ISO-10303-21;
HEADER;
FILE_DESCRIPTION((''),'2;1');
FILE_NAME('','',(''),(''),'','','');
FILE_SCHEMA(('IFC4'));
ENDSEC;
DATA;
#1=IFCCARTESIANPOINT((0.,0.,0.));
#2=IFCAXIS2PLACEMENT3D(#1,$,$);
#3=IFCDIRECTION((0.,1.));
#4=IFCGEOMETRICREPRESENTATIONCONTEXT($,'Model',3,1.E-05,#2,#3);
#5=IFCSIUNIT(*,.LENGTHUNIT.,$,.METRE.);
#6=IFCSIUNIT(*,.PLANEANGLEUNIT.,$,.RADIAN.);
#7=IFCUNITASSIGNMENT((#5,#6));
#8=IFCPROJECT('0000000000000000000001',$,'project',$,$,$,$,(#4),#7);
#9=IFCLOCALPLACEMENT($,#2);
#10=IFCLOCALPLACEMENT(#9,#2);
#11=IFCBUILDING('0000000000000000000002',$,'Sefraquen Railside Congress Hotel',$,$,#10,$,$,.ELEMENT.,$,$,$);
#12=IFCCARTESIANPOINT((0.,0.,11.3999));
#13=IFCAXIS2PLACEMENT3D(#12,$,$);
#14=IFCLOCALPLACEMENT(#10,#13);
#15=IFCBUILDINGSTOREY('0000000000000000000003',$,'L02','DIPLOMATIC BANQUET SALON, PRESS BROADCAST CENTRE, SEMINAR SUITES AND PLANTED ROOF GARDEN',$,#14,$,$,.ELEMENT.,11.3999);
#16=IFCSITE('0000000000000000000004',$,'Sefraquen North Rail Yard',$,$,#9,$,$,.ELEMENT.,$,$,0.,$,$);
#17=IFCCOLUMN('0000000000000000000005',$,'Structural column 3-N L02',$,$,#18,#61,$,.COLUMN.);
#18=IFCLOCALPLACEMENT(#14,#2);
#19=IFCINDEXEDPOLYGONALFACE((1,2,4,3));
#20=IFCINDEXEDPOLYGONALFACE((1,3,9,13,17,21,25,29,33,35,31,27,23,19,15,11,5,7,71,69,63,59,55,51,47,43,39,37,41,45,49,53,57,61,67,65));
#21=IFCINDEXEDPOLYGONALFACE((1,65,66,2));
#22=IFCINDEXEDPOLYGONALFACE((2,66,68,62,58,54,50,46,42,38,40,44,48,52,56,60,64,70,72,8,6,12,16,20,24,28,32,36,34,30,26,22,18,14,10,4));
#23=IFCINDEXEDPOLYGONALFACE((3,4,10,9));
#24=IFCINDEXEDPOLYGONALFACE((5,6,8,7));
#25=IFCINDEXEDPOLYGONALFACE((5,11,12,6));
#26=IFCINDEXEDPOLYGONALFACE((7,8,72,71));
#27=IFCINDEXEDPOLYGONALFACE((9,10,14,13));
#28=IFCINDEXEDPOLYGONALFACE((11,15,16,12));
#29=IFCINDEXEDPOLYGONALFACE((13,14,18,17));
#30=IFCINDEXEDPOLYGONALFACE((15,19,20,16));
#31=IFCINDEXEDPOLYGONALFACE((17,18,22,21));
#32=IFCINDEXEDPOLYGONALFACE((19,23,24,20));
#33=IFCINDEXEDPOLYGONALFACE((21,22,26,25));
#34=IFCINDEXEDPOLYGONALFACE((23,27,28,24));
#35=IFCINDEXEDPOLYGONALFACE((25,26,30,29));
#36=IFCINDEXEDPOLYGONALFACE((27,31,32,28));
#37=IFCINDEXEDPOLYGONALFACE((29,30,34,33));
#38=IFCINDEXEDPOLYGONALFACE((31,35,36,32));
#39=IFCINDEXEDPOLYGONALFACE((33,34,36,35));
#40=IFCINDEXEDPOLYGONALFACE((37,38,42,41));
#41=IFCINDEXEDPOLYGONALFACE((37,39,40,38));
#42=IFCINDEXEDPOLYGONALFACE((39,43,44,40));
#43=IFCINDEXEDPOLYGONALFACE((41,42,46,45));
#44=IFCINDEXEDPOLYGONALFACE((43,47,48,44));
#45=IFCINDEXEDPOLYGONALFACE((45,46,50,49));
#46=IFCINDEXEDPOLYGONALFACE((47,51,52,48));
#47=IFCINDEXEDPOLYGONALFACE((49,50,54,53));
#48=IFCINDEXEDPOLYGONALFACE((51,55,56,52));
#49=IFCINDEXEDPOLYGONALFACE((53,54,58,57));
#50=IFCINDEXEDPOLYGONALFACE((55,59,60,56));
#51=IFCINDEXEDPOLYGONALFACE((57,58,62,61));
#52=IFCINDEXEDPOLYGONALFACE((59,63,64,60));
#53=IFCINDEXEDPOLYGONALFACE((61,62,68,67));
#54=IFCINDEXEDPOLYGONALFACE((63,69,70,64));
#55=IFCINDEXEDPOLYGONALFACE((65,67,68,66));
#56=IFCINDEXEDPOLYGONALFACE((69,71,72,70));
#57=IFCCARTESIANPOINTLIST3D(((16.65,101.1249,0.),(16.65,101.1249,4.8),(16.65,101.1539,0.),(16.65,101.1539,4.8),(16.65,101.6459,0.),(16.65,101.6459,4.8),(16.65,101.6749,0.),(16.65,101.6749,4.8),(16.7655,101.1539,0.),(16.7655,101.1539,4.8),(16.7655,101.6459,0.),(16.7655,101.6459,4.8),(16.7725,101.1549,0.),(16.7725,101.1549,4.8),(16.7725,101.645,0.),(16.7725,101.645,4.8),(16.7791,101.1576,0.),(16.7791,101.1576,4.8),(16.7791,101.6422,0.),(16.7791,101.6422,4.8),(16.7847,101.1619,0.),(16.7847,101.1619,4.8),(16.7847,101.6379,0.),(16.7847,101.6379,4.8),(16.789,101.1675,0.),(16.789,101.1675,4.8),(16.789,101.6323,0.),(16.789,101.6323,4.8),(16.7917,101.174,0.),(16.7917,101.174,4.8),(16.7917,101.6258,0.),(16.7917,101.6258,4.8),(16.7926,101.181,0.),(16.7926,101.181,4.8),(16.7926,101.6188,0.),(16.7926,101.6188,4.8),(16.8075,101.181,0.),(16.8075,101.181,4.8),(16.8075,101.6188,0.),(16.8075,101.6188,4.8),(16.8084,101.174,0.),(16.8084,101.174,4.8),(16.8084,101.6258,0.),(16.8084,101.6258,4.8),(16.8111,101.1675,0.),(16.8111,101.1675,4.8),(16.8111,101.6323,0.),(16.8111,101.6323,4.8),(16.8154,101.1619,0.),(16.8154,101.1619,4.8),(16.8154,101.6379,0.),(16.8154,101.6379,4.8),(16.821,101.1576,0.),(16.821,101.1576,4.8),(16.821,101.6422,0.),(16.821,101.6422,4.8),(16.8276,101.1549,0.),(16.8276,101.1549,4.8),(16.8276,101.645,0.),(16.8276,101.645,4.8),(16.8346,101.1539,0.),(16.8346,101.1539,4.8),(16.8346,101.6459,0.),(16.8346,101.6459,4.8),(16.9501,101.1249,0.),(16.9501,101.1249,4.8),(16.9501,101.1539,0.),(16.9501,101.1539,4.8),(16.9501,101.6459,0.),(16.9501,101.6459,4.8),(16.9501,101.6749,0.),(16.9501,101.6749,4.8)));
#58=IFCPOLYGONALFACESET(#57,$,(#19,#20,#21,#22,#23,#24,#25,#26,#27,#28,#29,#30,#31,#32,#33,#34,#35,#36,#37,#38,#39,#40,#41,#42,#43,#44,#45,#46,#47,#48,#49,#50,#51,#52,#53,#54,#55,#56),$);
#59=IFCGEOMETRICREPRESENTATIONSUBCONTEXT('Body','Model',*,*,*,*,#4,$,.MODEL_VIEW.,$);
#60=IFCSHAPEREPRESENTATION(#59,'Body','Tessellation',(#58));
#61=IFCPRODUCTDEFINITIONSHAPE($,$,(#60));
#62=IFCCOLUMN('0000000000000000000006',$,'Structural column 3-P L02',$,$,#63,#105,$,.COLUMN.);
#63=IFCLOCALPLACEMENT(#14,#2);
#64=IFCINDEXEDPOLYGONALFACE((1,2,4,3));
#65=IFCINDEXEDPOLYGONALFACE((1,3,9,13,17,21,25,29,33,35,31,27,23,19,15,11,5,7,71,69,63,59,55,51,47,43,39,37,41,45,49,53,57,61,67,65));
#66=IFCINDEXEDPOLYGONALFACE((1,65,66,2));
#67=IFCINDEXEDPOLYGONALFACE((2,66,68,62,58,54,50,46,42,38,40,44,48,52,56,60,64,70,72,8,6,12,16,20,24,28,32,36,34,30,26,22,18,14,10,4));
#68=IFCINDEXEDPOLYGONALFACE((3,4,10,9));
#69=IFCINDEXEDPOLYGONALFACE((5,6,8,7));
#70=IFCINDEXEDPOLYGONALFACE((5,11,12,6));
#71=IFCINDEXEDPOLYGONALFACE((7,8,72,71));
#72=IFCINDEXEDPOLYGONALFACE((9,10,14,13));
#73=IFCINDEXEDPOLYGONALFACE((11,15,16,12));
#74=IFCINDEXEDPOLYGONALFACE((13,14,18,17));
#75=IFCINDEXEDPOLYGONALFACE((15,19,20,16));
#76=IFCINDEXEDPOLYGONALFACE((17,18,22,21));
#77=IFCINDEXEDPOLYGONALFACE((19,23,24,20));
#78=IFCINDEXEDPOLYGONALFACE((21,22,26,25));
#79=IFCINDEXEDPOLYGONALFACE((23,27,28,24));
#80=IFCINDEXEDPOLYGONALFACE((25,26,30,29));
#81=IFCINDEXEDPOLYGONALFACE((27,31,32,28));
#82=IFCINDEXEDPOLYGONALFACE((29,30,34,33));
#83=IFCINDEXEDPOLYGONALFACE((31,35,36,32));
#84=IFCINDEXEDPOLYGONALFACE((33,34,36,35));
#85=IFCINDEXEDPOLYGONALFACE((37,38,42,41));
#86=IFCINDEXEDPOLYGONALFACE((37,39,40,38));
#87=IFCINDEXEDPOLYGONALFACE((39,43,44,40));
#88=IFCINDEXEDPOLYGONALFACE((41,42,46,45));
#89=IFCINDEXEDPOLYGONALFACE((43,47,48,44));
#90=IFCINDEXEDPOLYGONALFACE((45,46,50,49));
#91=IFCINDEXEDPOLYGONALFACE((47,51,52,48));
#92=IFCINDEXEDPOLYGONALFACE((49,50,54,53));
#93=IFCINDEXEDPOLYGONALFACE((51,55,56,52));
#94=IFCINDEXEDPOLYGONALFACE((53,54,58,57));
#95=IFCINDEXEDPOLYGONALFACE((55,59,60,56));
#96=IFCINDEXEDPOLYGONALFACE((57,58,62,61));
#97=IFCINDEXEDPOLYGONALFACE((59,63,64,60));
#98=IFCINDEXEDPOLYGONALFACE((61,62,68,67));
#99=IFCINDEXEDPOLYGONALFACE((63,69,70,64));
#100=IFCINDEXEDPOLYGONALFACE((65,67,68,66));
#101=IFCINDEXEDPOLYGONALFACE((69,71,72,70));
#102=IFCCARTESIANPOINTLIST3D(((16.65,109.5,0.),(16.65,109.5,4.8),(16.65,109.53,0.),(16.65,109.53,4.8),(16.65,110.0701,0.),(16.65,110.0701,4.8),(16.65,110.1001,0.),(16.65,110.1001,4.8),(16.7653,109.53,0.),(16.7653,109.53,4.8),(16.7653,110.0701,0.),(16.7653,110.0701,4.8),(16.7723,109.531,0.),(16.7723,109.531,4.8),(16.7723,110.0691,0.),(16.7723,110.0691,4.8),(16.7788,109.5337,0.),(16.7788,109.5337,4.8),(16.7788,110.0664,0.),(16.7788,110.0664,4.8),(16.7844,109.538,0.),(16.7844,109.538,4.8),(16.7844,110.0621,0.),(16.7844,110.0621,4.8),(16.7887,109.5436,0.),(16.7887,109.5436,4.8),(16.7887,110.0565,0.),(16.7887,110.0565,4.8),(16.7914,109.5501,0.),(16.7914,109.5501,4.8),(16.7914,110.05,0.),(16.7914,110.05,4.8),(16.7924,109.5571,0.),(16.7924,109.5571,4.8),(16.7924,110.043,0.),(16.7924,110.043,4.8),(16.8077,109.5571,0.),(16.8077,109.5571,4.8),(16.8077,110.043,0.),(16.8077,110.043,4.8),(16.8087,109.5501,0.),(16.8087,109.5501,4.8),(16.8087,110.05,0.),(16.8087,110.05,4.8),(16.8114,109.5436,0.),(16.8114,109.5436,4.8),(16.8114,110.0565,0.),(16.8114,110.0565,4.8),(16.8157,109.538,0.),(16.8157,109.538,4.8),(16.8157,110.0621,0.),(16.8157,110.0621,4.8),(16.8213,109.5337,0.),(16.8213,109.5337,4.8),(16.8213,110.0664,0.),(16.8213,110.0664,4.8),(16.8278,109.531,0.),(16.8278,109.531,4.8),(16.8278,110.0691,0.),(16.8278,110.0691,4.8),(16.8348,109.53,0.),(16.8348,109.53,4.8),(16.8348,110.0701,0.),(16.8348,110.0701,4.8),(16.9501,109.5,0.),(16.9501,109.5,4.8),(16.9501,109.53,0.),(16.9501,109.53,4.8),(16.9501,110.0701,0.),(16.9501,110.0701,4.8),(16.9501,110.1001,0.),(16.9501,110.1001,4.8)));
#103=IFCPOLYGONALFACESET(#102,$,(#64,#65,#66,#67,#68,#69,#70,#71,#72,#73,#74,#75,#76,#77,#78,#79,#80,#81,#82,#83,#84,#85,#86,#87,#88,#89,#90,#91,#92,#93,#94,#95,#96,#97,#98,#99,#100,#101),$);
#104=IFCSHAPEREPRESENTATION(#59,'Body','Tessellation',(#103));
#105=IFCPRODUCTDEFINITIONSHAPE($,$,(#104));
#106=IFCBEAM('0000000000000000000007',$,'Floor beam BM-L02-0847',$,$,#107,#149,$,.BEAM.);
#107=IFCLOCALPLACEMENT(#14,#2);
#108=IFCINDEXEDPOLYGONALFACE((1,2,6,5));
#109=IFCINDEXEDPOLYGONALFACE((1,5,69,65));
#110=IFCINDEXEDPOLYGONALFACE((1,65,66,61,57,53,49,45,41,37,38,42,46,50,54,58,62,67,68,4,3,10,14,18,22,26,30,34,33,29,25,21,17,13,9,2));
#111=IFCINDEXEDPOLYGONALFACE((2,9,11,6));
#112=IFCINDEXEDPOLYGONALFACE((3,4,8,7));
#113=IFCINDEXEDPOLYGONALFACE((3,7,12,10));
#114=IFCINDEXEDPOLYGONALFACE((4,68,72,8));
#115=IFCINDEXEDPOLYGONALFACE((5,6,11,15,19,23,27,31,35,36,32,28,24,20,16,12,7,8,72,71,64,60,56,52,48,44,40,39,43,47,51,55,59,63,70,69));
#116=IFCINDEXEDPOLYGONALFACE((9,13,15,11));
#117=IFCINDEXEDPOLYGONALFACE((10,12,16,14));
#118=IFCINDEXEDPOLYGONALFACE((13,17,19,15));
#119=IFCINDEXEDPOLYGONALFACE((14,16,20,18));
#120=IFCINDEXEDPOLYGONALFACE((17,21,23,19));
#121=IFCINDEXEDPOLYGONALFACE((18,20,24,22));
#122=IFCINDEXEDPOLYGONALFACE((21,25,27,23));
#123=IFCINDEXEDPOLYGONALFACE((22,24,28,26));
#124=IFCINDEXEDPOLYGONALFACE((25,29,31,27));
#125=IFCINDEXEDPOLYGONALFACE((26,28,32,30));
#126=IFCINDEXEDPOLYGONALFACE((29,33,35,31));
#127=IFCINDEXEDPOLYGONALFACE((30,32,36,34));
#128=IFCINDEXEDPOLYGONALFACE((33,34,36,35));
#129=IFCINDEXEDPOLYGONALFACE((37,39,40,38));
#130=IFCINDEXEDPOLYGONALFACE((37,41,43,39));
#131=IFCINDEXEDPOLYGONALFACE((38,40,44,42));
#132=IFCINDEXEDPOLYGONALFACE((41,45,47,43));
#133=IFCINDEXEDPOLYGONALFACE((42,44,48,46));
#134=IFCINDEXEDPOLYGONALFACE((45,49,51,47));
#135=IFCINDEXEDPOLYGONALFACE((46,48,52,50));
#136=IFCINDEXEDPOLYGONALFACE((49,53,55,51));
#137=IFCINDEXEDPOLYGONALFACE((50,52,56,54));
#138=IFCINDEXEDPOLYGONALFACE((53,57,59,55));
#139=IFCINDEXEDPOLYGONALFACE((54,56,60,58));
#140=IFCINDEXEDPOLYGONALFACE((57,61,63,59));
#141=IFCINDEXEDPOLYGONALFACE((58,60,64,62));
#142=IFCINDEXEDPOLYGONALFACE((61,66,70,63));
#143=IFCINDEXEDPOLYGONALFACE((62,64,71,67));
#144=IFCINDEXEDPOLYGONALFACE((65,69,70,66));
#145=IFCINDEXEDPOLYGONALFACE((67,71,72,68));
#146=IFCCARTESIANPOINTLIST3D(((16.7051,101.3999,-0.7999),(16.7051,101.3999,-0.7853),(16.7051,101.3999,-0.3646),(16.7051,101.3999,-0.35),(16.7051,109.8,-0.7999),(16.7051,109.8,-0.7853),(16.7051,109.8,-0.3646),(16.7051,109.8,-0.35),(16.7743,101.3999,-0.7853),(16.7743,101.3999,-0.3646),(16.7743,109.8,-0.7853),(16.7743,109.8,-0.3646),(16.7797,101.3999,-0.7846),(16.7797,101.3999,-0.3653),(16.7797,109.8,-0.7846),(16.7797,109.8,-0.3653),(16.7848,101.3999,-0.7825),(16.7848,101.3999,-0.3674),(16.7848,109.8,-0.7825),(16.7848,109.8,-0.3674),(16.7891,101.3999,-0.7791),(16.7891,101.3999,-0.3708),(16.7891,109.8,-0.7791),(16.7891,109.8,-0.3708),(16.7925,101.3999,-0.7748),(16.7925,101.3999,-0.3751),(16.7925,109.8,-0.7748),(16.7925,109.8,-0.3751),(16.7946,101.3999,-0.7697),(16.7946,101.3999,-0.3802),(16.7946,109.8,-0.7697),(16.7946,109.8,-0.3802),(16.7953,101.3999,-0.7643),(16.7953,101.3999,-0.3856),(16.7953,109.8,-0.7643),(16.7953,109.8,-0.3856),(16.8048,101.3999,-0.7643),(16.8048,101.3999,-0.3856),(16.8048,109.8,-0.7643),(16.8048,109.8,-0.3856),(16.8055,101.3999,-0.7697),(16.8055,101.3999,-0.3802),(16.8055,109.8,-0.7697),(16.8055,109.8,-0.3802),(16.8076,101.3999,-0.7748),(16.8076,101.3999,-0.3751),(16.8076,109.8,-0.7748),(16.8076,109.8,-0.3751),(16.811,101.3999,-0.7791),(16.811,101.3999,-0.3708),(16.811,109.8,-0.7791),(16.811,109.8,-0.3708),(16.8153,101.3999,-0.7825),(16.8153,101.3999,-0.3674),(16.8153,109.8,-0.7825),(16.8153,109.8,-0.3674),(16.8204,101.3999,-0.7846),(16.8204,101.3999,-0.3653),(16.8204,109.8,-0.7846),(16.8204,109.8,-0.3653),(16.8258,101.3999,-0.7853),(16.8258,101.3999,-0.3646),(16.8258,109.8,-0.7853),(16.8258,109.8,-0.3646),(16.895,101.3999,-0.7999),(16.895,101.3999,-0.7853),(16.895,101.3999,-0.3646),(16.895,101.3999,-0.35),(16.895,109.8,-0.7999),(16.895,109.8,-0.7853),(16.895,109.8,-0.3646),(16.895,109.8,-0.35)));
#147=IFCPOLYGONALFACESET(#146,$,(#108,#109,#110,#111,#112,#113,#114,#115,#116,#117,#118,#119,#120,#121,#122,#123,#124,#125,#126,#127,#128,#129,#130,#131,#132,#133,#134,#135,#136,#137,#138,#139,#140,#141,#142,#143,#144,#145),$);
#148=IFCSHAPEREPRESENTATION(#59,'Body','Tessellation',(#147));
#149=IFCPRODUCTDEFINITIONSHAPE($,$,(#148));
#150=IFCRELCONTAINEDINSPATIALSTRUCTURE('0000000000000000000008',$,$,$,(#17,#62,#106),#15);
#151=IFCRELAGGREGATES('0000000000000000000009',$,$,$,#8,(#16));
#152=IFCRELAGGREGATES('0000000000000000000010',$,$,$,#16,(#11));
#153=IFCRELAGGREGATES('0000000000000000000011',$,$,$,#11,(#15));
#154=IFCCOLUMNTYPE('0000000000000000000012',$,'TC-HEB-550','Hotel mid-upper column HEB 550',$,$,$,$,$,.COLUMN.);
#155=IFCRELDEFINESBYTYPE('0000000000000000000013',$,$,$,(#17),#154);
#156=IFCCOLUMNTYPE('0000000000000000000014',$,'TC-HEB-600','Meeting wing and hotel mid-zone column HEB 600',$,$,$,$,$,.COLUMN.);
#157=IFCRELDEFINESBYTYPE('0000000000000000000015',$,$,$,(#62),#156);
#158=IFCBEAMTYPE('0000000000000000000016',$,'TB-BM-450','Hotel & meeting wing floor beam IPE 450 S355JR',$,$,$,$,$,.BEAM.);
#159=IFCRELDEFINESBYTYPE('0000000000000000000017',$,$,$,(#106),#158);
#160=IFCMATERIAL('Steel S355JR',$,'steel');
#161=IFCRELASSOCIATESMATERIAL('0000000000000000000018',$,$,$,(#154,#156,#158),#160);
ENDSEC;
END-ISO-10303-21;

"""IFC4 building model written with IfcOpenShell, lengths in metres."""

from ifc_helpers import new_model, si_unit, direction, frame, origin, origin_2d, place, context, subcontext, project, spatial, i_section, extrude, material, material_profile, profile_set, type_object, element, save


model = new_model("IFC4")

# Units and contexts
model_context = context("Model", 3, precision=1e-05, world=origin(), true_north=direction((0.0, 1.0)))
body_context = subcontext(model_context, "Body", "Model", "MODEL_VIEW")
ifc_project = project(units=[si_unit("LENGTHUNIT", "METRE"), si_unit("PLANEANGLEUNIT", "RADIAN")], contexts=[model_context])

# Site, building, storey
site_placement = place(None, origin())
site = spatial("IfcSite", under=ifc_project, at=site_placement, Name="Sefraquen North Rail Yard", CompositionType="ELEMENT", RefElevation=0.0)
building_placement = place(site_placement, origin())
building = spatial("IfcBuilding", under=site, at=building_placement, Name="Sefraquen Railside Congress Hotel", CompositionType="ELEMENT")
storey_placement = place(building_placement, frame((0.0, 0.0, 11.3999)))
storey = spatial("IfcBuildingStorey", under=building, at=storey_placement, Name="L02", Description="DIPLOMATIC BANQUET SALON, PRESS BROADCAST CENTRE, SEMINAR SUITES AND PLANTED ROOF GARDEN", CompositionType="ELEMENT", Elevation=11.3999)

# Columns
ifc_material_1 = material(Name="Steel S355JR", Category="steel")
ifc_material_profile_1 = material_profile(ifc_material_1, i_section(OverallWidth=0.3, OverallDepth=0.55, WebThickness=0.0149, FlangeThickness=0.0291, FilletRadius=0.0271, at=origin_2d()), Name="HEB 550")
ifc_profile_set_1 = profile_set([ifc_material_profile_1], Name="Steel S355JR")
column_type_1 = type_object("IfcColumnType", Name="TC-HEB-550", Description="Hotel mid-upper column HEB 550", PredefinedType="COLUMN", material=ifc_profile_set_1)
column_1_placement = place(storey_placement, frame((16.8, 101.3999, 0.0), z_axis=(0.0, 0.0, 1.0), x_axis=(1.0, 0.0, 0.0)))
element("IfcColumn", 1, at=column_1_placement, inside=storey, type_object=column_type_1, Name="Structural column 3-N L02", PredefinedType="COLUMN", context=body_context, shape_type="SweptSolid", body=[
    extrude(i_section(OverallWidth=0.3, OverallDepth=0.55, WebThickness=0.0149, FlangeThickness=0.0291, FilletRadius=0.0271, at=origin_2d()), origin(), (0.0, 0.0, 1.0), 4.8),
])
ifc_material_profile_2 = material_profile(ifc_material_1, i_section(OverallWidth=0.3, OverallDepth=0.6001, WebThickness=0.0154, FlangeThickness=0.03, FilletRadius=0.0271, at=origin_2d()), Name="HEB 600")
ifc_profile_set_2 = profile_set([ifc_material_profile_2], Name="Steel S355JR")
column_type_2 = type_object("IfcColumnType", Name="TC-HEB-600", Description="Meeting wing and hotel mid-zone column HEB 600", PredefinedType="COLUMN", material=ifc_profile_set_2)
column_2_placement = place(storey_placement, frame((16.8, 109.8, 0.0), z_axis=(0.0, 0.0, 1.0), x_axis=(1.0, 0.0, 0.0)))
element("IfcColumn", 2, at=column_2_placement, inside=storey, type_object=column_type_2, Name="Structural column 3-P L02", PredefinedType="COLUMN", context=body_context, shape_type="SweptSolid", body=[
    extrude(i_section(OverallWidth=0.3, OverallDepth=0.6001, WebThickness=0.0154, FlangeThickness=0.03, FilletRadius=0.0271, at=origin_2d()), origin(), (0.0, 0.0, 1.0), 4.8),
])

# Beam
ifc_material_profile_3 = material_profile(ifc_material_1, i_section(OverallWidth=0.1899, OverallDepth=0.45, WebThickness=0.0095, FlangeThickness=0.0146, FilletRadius=0.021, at=origin_2d()), Name="IPE 450")
ifc_profile_set_3 = profile_set([ifc_material_profile_3], Name="Steel S355JR")
beam_type_1 = type_object("IfcBeamType", Name="TB-BM-450", Description="Hotel & meeting wing floor beam IPE 450 S355JR", PredefinedType="BEAM", material=ifc_profile_set_3)
beam_placement = place(storey_placement, frame((16.8, 101.3999, -0.575), z_axis=(0.0, 1.0, 0.0), x_axis=(-1.0, 0.0, 0.0)))
element("IfcBeam", 3, at=beam_placement, inside=storey, type_object=beam_type_1, Name="Floor beam BM-L02-0847", PredefinedType="BEAM", context=body_context, shape_type="SweptSolid", body=[
    extrude(i_section(OverallWidth=0.1899, OverallDepth=0.45, WebThickness=0.0095, FlangeThickness=0.0146, FilletRadius=0.021, at=origin_2d()), origin(), (0.0, 0.0, 1.0), 8.4001),
])

save(model, "model.ifc")
